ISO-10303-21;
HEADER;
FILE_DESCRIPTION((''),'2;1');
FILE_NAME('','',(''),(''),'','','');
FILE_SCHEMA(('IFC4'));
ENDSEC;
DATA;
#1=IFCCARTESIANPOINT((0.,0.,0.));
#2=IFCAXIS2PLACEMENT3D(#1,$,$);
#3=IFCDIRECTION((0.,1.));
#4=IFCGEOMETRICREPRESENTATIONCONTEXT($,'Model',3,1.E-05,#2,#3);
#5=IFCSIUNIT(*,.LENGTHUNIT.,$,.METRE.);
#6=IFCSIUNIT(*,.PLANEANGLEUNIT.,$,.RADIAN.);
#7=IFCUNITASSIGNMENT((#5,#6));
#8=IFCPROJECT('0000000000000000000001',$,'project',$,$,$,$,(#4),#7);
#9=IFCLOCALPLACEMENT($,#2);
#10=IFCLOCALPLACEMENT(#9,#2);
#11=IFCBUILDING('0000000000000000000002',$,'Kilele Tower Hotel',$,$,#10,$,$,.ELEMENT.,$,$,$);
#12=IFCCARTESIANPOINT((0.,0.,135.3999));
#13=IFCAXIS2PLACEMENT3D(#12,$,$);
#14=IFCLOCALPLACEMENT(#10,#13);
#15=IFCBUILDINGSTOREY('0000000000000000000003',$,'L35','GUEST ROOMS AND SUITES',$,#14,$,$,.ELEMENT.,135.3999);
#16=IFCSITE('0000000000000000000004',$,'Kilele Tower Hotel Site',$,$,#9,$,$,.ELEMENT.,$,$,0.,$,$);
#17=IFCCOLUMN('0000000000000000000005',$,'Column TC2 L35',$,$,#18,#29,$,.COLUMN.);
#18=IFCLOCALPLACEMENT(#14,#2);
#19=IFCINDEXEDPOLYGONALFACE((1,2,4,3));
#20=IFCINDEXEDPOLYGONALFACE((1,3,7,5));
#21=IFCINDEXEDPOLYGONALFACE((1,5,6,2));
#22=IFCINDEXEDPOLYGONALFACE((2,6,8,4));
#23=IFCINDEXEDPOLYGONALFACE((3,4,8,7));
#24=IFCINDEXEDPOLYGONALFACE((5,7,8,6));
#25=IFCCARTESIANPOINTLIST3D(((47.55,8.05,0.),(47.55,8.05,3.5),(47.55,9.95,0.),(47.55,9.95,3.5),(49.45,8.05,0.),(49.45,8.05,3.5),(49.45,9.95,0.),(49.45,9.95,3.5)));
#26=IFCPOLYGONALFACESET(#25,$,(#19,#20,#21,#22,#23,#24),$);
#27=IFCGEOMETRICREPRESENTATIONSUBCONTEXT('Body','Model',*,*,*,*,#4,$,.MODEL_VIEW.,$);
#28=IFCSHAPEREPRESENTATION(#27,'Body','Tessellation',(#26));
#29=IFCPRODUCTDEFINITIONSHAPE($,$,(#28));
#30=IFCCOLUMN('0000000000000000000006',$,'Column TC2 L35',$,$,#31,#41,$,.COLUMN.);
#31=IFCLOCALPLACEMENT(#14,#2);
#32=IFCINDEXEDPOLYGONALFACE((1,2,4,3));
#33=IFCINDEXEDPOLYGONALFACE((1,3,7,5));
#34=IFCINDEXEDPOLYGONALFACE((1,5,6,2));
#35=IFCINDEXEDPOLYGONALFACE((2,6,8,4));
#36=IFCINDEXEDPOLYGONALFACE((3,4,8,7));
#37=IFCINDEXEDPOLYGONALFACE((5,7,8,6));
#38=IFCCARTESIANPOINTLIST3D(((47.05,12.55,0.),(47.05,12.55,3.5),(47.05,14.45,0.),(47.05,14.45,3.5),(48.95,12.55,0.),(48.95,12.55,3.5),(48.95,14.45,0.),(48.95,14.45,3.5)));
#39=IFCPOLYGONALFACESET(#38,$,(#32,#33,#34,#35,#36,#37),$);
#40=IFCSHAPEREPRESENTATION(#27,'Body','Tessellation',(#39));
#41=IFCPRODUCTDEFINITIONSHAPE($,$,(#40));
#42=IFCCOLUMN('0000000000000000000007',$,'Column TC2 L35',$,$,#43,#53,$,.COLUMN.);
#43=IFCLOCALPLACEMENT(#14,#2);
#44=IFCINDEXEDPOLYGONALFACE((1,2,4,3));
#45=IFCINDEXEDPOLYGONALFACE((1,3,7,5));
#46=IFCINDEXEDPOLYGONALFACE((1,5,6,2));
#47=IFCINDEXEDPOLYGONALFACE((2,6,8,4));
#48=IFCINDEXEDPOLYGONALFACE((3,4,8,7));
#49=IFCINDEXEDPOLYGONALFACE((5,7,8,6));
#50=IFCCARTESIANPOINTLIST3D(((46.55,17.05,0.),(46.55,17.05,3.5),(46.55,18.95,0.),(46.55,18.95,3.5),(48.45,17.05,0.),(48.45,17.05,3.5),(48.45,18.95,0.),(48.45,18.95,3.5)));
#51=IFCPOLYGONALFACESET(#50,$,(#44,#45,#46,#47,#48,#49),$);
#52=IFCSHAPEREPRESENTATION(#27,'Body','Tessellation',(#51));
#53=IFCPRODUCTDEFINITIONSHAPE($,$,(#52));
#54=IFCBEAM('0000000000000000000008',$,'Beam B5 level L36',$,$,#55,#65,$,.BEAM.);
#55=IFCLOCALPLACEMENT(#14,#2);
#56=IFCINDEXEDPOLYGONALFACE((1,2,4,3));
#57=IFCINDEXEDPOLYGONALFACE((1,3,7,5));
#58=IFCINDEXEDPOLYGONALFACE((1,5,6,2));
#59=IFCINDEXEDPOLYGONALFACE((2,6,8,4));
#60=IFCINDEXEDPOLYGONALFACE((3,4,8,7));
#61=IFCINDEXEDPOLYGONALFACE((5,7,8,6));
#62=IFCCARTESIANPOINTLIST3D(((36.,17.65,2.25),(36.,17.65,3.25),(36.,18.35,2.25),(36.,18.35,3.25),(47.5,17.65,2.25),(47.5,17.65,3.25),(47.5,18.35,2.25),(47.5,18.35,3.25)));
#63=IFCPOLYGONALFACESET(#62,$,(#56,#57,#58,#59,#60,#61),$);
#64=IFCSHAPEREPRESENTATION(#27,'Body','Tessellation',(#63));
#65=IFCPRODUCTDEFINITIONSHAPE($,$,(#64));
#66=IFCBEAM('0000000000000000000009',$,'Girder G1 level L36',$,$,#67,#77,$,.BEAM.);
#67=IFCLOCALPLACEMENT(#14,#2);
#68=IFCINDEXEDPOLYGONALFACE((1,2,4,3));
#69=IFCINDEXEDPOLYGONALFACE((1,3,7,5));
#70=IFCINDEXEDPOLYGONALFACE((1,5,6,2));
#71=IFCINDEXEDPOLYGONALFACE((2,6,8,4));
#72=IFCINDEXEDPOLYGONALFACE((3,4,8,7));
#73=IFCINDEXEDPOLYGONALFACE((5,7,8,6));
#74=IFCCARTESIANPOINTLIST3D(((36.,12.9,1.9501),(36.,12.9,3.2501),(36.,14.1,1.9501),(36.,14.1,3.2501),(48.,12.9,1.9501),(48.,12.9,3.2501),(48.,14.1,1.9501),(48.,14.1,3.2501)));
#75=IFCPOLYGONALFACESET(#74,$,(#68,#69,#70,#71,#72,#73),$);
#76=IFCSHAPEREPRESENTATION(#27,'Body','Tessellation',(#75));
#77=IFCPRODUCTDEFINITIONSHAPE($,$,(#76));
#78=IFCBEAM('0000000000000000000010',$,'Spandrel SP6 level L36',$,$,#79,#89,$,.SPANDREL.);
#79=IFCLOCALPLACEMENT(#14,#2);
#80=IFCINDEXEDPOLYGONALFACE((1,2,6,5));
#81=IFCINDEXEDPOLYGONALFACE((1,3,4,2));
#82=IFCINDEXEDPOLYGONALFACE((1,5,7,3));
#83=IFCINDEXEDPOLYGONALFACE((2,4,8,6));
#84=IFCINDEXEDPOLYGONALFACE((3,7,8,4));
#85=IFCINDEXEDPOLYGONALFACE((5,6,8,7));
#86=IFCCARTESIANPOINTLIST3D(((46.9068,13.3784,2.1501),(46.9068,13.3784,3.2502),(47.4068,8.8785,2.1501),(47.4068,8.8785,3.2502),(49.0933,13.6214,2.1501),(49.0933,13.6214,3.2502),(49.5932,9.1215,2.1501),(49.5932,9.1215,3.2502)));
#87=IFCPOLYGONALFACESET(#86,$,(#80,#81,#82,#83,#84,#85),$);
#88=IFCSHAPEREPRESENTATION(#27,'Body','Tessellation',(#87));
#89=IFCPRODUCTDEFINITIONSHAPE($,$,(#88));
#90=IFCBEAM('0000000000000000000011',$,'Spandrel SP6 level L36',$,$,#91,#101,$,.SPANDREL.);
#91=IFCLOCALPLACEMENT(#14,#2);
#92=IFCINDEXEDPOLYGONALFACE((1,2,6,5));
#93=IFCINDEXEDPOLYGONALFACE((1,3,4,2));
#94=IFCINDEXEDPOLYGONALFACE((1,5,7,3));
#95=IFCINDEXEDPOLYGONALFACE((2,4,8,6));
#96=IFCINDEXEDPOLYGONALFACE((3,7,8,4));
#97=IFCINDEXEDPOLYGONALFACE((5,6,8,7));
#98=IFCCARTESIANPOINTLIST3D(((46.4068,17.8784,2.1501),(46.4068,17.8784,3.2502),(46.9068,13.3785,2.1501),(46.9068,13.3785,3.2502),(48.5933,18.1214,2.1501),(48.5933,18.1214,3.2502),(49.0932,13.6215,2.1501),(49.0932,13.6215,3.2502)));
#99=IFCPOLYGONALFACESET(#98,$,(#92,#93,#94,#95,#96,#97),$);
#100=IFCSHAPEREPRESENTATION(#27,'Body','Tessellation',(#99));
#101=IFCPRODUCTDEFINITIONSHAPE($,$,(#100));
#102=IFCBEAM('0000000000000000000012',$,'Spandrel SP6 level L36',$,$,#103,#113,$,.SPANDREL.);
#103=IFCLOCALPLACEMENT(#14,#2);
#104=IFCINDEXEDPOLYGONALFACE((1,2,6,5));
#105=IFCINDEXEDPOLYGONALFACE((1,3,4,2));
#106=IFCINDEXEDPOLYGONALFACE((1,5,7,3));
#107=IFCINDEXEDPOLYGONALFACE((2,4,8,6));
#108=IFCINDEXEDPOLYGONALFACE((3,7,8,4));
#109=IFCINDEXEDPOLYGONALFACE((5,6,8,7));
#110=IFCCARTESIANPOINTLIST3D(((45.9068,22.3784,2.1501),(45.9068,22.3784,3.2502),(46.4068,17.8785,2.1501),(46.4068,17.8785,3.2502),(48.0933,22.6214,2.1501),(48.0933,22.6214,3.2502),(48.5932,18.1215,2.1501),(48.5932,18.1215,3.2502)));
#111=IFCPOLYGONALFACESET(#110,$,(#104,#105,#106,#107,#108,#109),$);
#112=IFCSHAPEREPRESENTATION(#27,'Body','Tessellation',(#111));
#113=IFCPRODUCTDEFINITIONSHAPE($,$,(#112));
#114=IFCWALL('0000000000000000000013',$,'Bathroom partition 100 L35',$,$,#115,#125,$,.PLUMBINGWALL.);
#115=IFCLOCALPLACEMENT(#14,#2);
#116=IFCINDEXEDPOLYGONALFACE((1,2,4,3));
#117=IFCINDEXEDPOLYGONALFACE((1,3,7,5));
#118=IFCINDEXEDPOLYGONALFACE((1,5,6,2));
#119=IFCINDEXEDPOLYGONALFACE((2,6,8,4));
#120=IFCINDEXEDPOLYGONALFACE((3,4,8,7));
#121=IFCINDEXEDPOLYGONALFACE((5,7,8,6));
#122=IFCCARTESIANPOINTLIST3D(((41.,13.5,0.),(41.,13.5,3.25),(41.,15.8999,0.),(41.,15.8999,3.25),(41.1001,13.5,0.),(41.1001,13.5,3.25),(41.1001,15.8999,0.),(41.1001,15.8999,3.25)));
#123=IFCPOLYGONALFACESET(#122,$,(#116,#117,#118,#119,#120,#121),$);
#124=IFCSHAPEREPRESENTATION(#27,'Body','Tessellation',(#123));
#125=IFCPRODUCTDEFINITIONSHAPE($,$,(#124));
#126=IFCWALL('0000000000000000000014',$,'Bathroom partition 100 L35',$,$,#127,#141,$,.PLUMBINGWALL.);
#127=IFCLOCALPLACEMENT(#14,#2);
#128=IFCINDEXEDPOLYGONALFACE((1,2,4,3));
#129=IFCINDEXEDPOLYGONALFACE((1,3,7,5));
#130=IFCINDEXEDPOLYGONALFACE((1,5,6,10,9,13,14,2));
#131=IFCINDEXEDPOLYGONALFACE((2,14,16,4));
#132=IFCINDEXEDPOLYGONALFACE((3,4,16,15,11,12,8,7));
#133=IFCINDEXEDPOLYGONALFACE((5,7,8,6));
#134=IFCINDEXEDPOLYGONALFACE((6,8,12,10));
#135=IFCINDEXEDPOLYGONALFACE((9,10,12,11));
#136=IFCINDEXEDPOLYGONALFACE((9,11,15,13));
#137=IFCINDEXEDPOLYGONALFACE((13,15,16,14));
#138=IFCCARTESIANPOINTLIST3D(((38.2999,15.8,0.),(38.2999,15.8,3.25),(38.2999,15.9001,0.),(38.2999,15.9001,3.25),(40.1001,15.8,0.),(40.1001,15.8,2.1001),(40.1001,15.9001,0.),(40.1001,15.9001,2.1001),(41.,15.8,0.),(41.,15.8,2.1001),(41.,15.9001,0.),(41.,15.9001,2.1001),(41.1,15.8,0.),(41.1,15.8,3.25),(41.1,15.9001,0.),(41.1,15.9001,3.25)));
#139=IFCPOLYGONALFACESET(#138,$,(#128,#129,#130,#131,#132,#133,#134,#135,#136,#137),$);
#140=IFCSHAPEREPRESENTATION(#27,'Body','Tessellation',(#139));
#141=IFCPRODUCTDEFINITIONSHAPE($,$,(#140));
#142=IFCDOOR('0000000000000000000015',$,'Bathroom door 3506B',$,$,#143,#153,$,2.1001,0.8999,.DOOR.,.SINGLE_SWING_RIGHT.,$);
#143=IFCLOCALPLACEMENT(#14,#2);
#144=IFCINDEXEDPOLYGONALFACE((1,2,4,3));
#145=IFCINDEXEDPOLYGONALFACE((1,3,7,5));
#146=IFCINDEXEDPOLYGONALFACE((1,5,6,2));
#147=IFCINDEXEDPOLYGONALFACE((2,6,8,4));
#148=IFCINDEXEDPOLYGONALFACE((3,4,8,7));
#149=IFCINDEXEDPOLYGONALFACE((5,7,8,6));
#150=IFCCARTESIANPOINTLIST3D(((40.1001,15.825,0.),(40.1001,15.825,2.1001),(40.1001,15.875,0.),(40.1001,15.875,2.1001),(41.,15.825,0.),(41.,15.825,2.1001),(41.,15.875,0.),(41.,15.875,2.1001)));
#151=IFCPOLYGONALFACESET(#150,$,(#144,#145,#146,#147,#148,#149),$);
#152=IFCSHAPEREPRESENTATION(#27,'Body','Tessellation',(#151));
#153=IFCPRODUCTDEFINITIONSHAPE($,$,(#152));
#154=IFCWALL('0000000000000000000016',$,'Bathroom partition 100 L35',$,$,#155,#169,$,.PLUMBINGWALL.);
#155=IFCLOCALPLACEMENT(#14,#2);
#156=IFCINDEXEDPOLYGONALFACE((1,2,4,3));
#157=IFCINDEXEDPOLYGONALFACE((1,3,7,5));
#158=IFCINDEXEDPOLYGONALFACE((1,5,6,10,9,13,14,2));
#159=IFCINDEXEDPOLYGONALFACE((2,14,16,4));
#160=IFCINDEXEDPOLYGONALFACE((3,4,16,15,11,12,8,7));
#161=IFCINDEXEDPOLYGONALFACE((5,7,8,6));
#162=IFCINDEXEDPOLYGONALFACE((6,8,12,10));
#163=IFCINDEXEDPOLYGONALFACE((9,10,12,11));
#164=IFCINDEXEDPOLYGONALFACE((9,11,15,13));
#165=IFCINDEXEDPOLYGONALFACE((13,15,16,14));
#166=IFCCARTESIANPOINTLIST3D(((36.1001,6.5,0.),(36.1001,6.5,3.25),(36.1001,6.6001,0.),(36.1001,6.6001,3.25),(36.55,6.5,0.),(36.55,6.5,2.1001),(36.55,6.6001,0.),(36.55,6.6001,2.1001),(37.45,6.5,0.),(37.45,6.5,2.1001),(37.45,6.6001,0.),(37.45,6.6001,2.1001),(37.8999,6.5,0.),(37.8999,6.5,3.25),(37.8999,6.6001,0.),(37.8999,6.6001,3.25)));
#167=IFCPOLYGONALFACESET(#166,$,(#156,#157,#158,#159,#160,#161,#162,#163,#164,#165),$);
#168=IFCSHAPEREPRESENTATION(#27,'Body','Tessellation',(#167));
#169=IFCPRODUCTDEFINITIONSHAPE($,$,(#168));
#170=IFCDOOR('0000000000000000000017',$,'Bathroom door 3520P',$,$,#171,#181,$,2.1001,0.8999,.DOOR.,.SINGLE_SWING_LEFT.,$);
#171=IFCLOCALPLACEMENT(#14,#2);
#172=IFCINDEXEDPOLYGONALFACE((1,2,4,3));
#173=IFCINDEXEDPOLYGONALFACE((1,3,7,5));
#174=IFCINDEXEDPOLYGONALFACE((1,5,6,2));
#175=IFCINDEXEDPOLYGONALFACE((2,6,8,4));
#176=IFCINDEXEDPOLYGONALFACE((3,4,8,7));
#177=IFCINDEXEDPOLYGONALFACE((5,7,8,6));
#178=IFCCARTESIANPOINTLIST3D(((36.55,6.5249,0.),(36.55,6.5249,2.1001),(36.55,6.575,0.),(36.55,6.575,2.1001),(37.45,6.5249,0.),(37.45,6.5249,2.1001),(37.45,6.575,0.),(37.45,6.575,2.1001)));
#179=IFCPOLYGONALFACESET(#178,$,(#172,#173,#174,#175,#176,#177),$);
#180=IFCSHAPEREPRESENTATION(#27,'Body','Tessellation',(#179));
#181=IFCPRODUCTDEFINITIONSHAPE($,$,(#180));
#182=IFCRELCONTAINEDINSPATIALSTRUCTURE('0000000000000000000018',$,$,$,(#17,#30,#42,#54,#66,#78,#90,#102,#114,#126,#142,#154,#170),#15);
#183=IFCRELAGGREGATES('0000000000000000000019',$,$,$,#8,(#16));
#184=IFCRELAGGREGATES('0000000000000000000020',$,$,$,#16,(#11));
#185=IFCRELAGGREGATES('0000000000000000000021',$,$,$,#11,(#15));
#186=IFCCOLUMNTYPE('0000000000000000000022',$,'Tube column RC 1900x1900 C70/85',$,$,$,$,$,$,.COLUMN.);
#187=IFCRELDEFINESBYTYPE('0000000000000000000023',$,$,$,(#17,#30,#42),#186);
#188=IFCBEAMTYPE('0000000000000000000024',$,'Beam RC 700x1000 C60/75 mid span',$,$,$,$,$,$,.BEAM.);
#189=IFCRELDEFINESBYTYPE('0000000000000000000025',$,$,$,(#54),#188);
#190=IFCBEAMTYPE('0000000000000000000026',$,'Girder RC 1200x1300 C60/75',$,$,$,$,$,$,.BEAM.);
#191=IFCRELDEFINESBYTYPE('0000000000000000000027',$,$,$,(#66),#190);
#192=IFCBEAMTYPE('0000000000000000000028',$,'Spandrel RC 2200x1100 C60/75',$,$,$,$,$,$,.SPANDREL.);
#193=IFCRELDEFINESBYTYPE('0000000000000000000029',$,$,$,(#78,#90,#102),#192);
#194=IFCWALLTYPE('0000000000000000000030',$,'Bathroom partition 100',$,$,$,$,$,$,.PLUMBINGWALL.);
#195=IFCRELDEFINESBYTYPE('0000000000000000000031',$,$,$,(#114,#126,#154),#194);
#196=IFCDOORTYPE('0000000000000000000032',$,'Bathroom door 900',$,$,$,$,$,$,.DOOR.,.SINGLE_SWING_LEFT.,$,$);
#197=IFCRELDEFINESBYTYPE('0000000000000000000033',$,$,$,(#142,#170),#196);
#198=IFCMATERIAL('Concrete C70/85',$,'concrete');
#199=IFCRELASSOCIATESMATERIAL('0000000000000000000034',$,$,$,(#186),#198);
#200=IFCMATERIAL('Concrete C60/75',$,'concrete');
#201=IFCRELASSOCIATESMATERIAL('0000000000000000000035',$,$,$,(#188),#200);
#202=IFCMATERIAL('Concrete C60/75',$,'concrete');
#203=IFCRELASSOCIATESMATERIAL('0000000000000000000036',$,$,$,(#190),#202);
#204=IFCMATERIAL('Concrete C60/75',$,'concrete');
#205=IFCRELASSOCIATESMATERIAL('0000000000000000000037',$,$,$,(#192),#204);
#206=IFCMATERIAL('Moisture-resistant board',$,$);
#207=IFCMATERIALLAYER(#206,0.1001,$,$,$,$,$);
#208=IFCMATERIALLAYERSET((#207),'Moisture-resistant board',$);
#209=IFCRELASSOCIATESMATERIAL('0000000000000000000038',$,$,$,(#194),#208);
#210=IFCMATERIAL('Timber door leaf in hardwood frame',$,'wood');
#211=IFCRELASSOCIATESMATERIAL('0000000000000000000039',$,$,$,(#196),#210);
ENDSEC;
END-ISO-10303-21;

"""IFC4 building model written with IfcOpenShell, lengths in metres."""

from ifc_helpers import new_model, si_unit, direction, frame, frame_2d, origin, origin_2d, place, context, subcontext, project, spatial, rectangle, extrude, material, layer, layer_set, material_profile, profile_set, type_object, element, fill, save


model = new_model("IFC4")

# Units and contexts
model_context = context("Model", 3, precision=1e-05, world=origin(), true_north=direction((0.0, 1.0)))
body_context = subcontext(model_context, "Body", "Model", "MODEL_VIEW")
ifc_project = project(units=[si_unit("LENGTHUNIT", "METRE"), si_unit("PLANEANGLEUNIT", "RADIAN")], contexts=[model_context])

# Site, building, storey
site_placement = place(None, origin())
site = spatial("IfcSite", under=ifc_project, at=site_placement, Name="Kilele Tower Hotel Site", CompositionType="ELEMENT", RefElevation=0.0)
building_placement = place(site_placement, origin())
building = spatial("IfcBuilding", under=site, at=building_placement, Name="Kilele Tower Hotel", CompositionType="ELEMENT")
storey_placement = place(building_placement, frame((0.0, 0.0, 135.3999)))
storey = spatial("IfcBuildingStorey", under=building, at=storey_placement, Name="L35", Description="GUEST ROOMS AND SUITES", CompositionType="ELEMENT", Elevation=135.3999)

# Columns
ifc_material_1 = material(Name="Concrete C70/85", Category="concrete")
ifc_material_profile_1 = material_profile(ifc_material_1, rectangle(XDim=1.8999, YDim=1.8999, at=origin_2d()))
ifc_profile_set_1 = profile_set([ifc_material_profile_1], Name="Concrete C70/85")
column_type = type_object("IfcColumnType", Name="Tube column RC 1900x1900 C70/85", PredefinedType="COLUMN", material=ifc_profile_set_1)
for number, where, z_axis, x_axis, name in (
    (1, (48.5, 9.0, 0.0), (0.0, 0.0, 1.0), (1.0, 0.0, 0.0), "Column TC2 L35"),
    (2, (48.0, 13.5, 0.0), (0.0, 0.0, 1.0), (1.0, 0.0, 0.0), "Column TC2 L35"),
    (3, (47.5, 18.0, 0.0), (0.0, 0.0, 1.0), (1.0, 0.0, 0.0), "Column TC2 L35"),
):
    element("IfcColumn", number, at=place(storey_placement, frame(where, z_axis=z_axis, x_axis=x_axis)), inside=storey, type_object=column_type, Name=name, PredefinedType="COLUMN", context=body_context, shape_type="SweptSolid", body=[
        extrude(rectangle(XDim=1.8999, YDim=1.8999, at=origin_2d()), origin(), (0.0, 0.0, 1.0), 3.5),
    ])

# Beams
ifc_material_2 = material(Name="Concrete C60/75", Category="concrete")
ifc_material_profile_2 = material_profile(ifc_material_2, rectangle(XDim=0.7, YDim=1.0, at=origin_2d()))
ifc_profile_set_2 = profile_set([ifc_material_profile_2], Name="Concrete C60/75")
beam_type_1 = type_object("IfcBeamType", Name="Beam RC 700x1000 C60/75 mid span", PredefinedType="BEAM", material=ifc_profile_set_2)
beam_1_placement = place(storey_placement, frame((47.5, 18.0, 2.75), z_axis=(-1.0, 0.0, 0.0), x_axis=(0.0, -1.0, 0.0)))
element("IfcBeam", 4, at=beam_1_placement, inside=storey, type_object=beam_type_1, Name="Beam B5 level L36", PredefinedType="BEAM", context=body_context, shape_type="SweptSolid", body=[
    extrude(rectangle(XDim=0.7, YDim=1.0, at=origin_2d()), origin(), (0.0, 0.0, 1.0), 11.5),
])
ifc_material_3 = material(Name="Concrete C60/75", Category="concrete")
ifc_material_profile_3 = material_profile(ifc_material_3, rectangle(XDim=1.2, YDim=1.3, at=origin_2d()))
ifc_profile_set_3 = profile_set([ifc_material_profile_3], Name="Concrete C60/75")
beam_type_2 = type_object("IfcBeamType", Name="Girder RC 1200x1300 C60/75", PredefinedType="BEAM", material=ifc_profile_set_3)
beam_2_placement = place(storey_placement, frame((48.0, 13.5, 2.6001), z_axis=(-1.0, 0.0, 0.0), x_axis=(0.0, -1.0, 0.0)))
element("IfcBeam", 5, at=beam_2_placement, inside=storey, type_object=beam_type_2, Name="Girder G1 level L36", PredefinedType="BEAM", context=body_context, shape_type="SweptSolid", body=[
    extrude(rectangle(XDim=1.2, YDim=1.3, at=origin_2d()), origin(), (0.0, 0.0, 1.0), 12.0),
])
ifc_material_4 = material(Name="Concrete C60/75", Category="concrete")
ifc_material_profile_4 = material_profile(ifc_material_4, rectangle(XDim=2.2, YDim=1.1001, at=origin_2d()))
ifc_profile_set_4 = profile_set([ifc_material_profile_4], Name="Concrete C60/75")
beam_type_3 = type_object("IfcBeamType", Name="Spandrel RC 2200x1100 C60/75", PredefinedType="SPANDREL", material=ifc_profile_set_4)
for number, where, z_axis, x_axis, name in (
    (6, (48.5, 9.0, 2.7002), (-0.110432, 0.993884, 0.0), (-0.993884, -0.110432, 0.0), "Spandrel SP6 level L36"),
    (7, (48.0, 13.5, 2.7002), (-0.110432, 0.993884, 0.0), (-0.993884, -0.110432, 0.0), "Spandrel SP6 level L36"),
    (8, (47.5, 18.0, 2.7002), (-0.110432, 0.993884, 0.0), (-0.993884, -0.110432, 0.0), "Spandrel SP6 level L36"),
):
    element("IfcBeam", number, at=place(storey_placement, frame(where, z_axis=z_axis, x_axis=x_axis)), inside=storey, type_object=beam_type_3, Name=name, PredefinedType="SPANDREL", context=body_context, shape_type="SweptSolid", body=[
        extrude(rectangle(XDim=2.2, YDim=1.1001, at=origin_2d()), origin(), (0.0, 0.0, 1.0), 4.5276),
    ])

# Wall
ifc_material_5 = material(Name="Moisture-resistant board")
ifc_layer_1 = layer(ifc_material_5, 0.1001)
ifc_layer_set_1 = layer_set([ifc_layer_1], Name="Moisture-resistant board")
wall_type_1 = type_object("IfcWallType", Name="Bathroom partition 100", PredefinedType="PLUMBINGWALL", material=ifc_layer_set_1)
wall_1_placement = place(storey_placement, frame((41.05, 13.5, 0.0), z_axis=(0.0, 0.0, 1.0), x_axis=(0.0, 1.0, 0.0)))
element("IfcWall", 9, at=wall_1_placement, inside=storey, type_object=wall_type_1, Name="Bathroom partition 100 L35", PredefinedType="PLUMBINGWALL", context=body_context, shape_type="SweptSolid", body=[
    extrude(rectangle(XDim=2.3999, YDim=0.1001, at=frame_2d((1.2, 0.0))), origin(), (0.0, 0.0, 1.0), 3.25),
])

# Walls, openings, doors
wall_2_placement = place(storey_placement, frame((38.3, 15.8501, 0.0), z_axis=(0.0, 0.0, 1.0), x_axis=(1.0, 0.0, 0.0)))
wall_2 = element("IfcWall", 10, at=wall_2_placement, inside=storey, type_object=wall_type_1, Name="Bathroom partition 100 L35", PredefinedType="PLUMBINGWALL", context=body_context, shape_type="SweptSolid", body=[
    extrude(rectangle(XDim=2.8, YDim=0.1001, at=frame_2d((1.3999, 0.0))), origin(), (0.0, 0.0, 1.0), 3.25),
])
opening_1_placement = place(wall_2_placement, frame((1.8, 0.0, 0.0)))
opening_1 = element("IfcOpeningElement", 11, at=opening_1_placement, cuts=wall_2, PredefinedType="OPENING", context=body_context, shape_type="SweptSolid", body=[
    extrude(rectangle(XDim=0.8999, YDim=2.1001, at=frame_2d((0.45, 1.05))), frame((0.0, 0.0601, 0.0), z_axis=(0.0, -1.0, 0.0), x_axis=(1.0, 0.0, 0.0)), (0.0, 0.0, 1.0), 0.1201),
])
ifc_material_6 = material(Name="Timber door leaf in hardwood frame", Category="wood")
door_type_1 = type_object("IfcDoorType", Name="Bathroom door 900", OperationType="SINGLE_SWING_LEFT", PredefinedType="DOOR", material=ifc_material_6)
door_1_placement = place(opening_1_placement, origin())
door_1 = element("IfcDoor", 12, at=door_1_placement, inside=storey, type_object=door_type_1, Name="Bathroom door 3506B", OperationType="SINGLE_SWING_RIGHT", OverallHeight=2.1001, OverallWidth=0.8999, PredefinedType="DOOR", context=body_context, shape_type="SweptSolid", body=[
    extrude(rectangle(XDim=0.8999, YDim=2.1001, at=frame_2d((0.45, 1.05))), frame((0.0, 0.0249, 0.0), z_axis=(0.0, -1.0, 0.0), x_axis=(1.0, 0.0, 0.0)), (0.0, 0.0, 1.0), 0.05),
])
fill(opening_1, door_1)
wall_3_placement = place(storey_placement, frame((36.1001, 6.55, 0.0), z_axis=(0.0, 0.0, 1.0), x_axis=(1.0, 0.0, 0.0)))
wall_3 = element("IfcWall", 13, at=wall_3_placement, inside=storey, type_object=wall_type_1, Name="Bathroom partition 100 L35", PredefinedType="PLUMBINGWALL", context=body_context, shape_type="SweptSolid", body=[
    extrude(rectangle(XDim=1.7998, YDim=0.1001, at=frame_2d((0.8999, 0.0))), origin(), (0.0, 0.0, 1.0), 3.25),
])
opening_2_placement = place(wall_3_placement, frame((0.45, 0.0, 0.0)))
opening_2 = element("IfcOpeningElement", 14, at=opening_2_placement, cuts=wall_3, PredefinedType="OPENING", context=body_context, shape_type="SweptSolid", body=[
    extrude(rectangle(XDim=0.8999, YDim=2.1001, at=frame_2d((0.45, 1.05))), frame((0.0, 0.0601, 0.0), z_axis=(0.0, -1.0, 0.0), x_axis=(1.0, 0.0, 0.0)), (0.0, 0.0, 1.0), 0.1201),
])
door_2_placement = place(opening_2_placement, origin())
door_2 = element("IfcDoor", 15, at=door_2_placement, inside=storey, type_object=door_type_1, Name="Bathroom door 3520P", OperationType="SINGLE_SWING_LEFT", OverallHeight=2.1001, OverallWidth=0.8999, PredefinedType="DOOR", context=body_context, shape_type="SweptSolid", body=[
    extrude(rectangle(XDim=0.8999, YDim=2.1001, at=frame_2d((0.45, 1.05))), frame((0.0, 0.0249, 0.0), z_axis=(0.0, -1.0, 0.0), x_axis=(1.0, 0.0, 0.0)), (0.0, 0.0, 1.0), 0.05),
])
fill(opening_2, door_2)

save(model, "model.ifc")
